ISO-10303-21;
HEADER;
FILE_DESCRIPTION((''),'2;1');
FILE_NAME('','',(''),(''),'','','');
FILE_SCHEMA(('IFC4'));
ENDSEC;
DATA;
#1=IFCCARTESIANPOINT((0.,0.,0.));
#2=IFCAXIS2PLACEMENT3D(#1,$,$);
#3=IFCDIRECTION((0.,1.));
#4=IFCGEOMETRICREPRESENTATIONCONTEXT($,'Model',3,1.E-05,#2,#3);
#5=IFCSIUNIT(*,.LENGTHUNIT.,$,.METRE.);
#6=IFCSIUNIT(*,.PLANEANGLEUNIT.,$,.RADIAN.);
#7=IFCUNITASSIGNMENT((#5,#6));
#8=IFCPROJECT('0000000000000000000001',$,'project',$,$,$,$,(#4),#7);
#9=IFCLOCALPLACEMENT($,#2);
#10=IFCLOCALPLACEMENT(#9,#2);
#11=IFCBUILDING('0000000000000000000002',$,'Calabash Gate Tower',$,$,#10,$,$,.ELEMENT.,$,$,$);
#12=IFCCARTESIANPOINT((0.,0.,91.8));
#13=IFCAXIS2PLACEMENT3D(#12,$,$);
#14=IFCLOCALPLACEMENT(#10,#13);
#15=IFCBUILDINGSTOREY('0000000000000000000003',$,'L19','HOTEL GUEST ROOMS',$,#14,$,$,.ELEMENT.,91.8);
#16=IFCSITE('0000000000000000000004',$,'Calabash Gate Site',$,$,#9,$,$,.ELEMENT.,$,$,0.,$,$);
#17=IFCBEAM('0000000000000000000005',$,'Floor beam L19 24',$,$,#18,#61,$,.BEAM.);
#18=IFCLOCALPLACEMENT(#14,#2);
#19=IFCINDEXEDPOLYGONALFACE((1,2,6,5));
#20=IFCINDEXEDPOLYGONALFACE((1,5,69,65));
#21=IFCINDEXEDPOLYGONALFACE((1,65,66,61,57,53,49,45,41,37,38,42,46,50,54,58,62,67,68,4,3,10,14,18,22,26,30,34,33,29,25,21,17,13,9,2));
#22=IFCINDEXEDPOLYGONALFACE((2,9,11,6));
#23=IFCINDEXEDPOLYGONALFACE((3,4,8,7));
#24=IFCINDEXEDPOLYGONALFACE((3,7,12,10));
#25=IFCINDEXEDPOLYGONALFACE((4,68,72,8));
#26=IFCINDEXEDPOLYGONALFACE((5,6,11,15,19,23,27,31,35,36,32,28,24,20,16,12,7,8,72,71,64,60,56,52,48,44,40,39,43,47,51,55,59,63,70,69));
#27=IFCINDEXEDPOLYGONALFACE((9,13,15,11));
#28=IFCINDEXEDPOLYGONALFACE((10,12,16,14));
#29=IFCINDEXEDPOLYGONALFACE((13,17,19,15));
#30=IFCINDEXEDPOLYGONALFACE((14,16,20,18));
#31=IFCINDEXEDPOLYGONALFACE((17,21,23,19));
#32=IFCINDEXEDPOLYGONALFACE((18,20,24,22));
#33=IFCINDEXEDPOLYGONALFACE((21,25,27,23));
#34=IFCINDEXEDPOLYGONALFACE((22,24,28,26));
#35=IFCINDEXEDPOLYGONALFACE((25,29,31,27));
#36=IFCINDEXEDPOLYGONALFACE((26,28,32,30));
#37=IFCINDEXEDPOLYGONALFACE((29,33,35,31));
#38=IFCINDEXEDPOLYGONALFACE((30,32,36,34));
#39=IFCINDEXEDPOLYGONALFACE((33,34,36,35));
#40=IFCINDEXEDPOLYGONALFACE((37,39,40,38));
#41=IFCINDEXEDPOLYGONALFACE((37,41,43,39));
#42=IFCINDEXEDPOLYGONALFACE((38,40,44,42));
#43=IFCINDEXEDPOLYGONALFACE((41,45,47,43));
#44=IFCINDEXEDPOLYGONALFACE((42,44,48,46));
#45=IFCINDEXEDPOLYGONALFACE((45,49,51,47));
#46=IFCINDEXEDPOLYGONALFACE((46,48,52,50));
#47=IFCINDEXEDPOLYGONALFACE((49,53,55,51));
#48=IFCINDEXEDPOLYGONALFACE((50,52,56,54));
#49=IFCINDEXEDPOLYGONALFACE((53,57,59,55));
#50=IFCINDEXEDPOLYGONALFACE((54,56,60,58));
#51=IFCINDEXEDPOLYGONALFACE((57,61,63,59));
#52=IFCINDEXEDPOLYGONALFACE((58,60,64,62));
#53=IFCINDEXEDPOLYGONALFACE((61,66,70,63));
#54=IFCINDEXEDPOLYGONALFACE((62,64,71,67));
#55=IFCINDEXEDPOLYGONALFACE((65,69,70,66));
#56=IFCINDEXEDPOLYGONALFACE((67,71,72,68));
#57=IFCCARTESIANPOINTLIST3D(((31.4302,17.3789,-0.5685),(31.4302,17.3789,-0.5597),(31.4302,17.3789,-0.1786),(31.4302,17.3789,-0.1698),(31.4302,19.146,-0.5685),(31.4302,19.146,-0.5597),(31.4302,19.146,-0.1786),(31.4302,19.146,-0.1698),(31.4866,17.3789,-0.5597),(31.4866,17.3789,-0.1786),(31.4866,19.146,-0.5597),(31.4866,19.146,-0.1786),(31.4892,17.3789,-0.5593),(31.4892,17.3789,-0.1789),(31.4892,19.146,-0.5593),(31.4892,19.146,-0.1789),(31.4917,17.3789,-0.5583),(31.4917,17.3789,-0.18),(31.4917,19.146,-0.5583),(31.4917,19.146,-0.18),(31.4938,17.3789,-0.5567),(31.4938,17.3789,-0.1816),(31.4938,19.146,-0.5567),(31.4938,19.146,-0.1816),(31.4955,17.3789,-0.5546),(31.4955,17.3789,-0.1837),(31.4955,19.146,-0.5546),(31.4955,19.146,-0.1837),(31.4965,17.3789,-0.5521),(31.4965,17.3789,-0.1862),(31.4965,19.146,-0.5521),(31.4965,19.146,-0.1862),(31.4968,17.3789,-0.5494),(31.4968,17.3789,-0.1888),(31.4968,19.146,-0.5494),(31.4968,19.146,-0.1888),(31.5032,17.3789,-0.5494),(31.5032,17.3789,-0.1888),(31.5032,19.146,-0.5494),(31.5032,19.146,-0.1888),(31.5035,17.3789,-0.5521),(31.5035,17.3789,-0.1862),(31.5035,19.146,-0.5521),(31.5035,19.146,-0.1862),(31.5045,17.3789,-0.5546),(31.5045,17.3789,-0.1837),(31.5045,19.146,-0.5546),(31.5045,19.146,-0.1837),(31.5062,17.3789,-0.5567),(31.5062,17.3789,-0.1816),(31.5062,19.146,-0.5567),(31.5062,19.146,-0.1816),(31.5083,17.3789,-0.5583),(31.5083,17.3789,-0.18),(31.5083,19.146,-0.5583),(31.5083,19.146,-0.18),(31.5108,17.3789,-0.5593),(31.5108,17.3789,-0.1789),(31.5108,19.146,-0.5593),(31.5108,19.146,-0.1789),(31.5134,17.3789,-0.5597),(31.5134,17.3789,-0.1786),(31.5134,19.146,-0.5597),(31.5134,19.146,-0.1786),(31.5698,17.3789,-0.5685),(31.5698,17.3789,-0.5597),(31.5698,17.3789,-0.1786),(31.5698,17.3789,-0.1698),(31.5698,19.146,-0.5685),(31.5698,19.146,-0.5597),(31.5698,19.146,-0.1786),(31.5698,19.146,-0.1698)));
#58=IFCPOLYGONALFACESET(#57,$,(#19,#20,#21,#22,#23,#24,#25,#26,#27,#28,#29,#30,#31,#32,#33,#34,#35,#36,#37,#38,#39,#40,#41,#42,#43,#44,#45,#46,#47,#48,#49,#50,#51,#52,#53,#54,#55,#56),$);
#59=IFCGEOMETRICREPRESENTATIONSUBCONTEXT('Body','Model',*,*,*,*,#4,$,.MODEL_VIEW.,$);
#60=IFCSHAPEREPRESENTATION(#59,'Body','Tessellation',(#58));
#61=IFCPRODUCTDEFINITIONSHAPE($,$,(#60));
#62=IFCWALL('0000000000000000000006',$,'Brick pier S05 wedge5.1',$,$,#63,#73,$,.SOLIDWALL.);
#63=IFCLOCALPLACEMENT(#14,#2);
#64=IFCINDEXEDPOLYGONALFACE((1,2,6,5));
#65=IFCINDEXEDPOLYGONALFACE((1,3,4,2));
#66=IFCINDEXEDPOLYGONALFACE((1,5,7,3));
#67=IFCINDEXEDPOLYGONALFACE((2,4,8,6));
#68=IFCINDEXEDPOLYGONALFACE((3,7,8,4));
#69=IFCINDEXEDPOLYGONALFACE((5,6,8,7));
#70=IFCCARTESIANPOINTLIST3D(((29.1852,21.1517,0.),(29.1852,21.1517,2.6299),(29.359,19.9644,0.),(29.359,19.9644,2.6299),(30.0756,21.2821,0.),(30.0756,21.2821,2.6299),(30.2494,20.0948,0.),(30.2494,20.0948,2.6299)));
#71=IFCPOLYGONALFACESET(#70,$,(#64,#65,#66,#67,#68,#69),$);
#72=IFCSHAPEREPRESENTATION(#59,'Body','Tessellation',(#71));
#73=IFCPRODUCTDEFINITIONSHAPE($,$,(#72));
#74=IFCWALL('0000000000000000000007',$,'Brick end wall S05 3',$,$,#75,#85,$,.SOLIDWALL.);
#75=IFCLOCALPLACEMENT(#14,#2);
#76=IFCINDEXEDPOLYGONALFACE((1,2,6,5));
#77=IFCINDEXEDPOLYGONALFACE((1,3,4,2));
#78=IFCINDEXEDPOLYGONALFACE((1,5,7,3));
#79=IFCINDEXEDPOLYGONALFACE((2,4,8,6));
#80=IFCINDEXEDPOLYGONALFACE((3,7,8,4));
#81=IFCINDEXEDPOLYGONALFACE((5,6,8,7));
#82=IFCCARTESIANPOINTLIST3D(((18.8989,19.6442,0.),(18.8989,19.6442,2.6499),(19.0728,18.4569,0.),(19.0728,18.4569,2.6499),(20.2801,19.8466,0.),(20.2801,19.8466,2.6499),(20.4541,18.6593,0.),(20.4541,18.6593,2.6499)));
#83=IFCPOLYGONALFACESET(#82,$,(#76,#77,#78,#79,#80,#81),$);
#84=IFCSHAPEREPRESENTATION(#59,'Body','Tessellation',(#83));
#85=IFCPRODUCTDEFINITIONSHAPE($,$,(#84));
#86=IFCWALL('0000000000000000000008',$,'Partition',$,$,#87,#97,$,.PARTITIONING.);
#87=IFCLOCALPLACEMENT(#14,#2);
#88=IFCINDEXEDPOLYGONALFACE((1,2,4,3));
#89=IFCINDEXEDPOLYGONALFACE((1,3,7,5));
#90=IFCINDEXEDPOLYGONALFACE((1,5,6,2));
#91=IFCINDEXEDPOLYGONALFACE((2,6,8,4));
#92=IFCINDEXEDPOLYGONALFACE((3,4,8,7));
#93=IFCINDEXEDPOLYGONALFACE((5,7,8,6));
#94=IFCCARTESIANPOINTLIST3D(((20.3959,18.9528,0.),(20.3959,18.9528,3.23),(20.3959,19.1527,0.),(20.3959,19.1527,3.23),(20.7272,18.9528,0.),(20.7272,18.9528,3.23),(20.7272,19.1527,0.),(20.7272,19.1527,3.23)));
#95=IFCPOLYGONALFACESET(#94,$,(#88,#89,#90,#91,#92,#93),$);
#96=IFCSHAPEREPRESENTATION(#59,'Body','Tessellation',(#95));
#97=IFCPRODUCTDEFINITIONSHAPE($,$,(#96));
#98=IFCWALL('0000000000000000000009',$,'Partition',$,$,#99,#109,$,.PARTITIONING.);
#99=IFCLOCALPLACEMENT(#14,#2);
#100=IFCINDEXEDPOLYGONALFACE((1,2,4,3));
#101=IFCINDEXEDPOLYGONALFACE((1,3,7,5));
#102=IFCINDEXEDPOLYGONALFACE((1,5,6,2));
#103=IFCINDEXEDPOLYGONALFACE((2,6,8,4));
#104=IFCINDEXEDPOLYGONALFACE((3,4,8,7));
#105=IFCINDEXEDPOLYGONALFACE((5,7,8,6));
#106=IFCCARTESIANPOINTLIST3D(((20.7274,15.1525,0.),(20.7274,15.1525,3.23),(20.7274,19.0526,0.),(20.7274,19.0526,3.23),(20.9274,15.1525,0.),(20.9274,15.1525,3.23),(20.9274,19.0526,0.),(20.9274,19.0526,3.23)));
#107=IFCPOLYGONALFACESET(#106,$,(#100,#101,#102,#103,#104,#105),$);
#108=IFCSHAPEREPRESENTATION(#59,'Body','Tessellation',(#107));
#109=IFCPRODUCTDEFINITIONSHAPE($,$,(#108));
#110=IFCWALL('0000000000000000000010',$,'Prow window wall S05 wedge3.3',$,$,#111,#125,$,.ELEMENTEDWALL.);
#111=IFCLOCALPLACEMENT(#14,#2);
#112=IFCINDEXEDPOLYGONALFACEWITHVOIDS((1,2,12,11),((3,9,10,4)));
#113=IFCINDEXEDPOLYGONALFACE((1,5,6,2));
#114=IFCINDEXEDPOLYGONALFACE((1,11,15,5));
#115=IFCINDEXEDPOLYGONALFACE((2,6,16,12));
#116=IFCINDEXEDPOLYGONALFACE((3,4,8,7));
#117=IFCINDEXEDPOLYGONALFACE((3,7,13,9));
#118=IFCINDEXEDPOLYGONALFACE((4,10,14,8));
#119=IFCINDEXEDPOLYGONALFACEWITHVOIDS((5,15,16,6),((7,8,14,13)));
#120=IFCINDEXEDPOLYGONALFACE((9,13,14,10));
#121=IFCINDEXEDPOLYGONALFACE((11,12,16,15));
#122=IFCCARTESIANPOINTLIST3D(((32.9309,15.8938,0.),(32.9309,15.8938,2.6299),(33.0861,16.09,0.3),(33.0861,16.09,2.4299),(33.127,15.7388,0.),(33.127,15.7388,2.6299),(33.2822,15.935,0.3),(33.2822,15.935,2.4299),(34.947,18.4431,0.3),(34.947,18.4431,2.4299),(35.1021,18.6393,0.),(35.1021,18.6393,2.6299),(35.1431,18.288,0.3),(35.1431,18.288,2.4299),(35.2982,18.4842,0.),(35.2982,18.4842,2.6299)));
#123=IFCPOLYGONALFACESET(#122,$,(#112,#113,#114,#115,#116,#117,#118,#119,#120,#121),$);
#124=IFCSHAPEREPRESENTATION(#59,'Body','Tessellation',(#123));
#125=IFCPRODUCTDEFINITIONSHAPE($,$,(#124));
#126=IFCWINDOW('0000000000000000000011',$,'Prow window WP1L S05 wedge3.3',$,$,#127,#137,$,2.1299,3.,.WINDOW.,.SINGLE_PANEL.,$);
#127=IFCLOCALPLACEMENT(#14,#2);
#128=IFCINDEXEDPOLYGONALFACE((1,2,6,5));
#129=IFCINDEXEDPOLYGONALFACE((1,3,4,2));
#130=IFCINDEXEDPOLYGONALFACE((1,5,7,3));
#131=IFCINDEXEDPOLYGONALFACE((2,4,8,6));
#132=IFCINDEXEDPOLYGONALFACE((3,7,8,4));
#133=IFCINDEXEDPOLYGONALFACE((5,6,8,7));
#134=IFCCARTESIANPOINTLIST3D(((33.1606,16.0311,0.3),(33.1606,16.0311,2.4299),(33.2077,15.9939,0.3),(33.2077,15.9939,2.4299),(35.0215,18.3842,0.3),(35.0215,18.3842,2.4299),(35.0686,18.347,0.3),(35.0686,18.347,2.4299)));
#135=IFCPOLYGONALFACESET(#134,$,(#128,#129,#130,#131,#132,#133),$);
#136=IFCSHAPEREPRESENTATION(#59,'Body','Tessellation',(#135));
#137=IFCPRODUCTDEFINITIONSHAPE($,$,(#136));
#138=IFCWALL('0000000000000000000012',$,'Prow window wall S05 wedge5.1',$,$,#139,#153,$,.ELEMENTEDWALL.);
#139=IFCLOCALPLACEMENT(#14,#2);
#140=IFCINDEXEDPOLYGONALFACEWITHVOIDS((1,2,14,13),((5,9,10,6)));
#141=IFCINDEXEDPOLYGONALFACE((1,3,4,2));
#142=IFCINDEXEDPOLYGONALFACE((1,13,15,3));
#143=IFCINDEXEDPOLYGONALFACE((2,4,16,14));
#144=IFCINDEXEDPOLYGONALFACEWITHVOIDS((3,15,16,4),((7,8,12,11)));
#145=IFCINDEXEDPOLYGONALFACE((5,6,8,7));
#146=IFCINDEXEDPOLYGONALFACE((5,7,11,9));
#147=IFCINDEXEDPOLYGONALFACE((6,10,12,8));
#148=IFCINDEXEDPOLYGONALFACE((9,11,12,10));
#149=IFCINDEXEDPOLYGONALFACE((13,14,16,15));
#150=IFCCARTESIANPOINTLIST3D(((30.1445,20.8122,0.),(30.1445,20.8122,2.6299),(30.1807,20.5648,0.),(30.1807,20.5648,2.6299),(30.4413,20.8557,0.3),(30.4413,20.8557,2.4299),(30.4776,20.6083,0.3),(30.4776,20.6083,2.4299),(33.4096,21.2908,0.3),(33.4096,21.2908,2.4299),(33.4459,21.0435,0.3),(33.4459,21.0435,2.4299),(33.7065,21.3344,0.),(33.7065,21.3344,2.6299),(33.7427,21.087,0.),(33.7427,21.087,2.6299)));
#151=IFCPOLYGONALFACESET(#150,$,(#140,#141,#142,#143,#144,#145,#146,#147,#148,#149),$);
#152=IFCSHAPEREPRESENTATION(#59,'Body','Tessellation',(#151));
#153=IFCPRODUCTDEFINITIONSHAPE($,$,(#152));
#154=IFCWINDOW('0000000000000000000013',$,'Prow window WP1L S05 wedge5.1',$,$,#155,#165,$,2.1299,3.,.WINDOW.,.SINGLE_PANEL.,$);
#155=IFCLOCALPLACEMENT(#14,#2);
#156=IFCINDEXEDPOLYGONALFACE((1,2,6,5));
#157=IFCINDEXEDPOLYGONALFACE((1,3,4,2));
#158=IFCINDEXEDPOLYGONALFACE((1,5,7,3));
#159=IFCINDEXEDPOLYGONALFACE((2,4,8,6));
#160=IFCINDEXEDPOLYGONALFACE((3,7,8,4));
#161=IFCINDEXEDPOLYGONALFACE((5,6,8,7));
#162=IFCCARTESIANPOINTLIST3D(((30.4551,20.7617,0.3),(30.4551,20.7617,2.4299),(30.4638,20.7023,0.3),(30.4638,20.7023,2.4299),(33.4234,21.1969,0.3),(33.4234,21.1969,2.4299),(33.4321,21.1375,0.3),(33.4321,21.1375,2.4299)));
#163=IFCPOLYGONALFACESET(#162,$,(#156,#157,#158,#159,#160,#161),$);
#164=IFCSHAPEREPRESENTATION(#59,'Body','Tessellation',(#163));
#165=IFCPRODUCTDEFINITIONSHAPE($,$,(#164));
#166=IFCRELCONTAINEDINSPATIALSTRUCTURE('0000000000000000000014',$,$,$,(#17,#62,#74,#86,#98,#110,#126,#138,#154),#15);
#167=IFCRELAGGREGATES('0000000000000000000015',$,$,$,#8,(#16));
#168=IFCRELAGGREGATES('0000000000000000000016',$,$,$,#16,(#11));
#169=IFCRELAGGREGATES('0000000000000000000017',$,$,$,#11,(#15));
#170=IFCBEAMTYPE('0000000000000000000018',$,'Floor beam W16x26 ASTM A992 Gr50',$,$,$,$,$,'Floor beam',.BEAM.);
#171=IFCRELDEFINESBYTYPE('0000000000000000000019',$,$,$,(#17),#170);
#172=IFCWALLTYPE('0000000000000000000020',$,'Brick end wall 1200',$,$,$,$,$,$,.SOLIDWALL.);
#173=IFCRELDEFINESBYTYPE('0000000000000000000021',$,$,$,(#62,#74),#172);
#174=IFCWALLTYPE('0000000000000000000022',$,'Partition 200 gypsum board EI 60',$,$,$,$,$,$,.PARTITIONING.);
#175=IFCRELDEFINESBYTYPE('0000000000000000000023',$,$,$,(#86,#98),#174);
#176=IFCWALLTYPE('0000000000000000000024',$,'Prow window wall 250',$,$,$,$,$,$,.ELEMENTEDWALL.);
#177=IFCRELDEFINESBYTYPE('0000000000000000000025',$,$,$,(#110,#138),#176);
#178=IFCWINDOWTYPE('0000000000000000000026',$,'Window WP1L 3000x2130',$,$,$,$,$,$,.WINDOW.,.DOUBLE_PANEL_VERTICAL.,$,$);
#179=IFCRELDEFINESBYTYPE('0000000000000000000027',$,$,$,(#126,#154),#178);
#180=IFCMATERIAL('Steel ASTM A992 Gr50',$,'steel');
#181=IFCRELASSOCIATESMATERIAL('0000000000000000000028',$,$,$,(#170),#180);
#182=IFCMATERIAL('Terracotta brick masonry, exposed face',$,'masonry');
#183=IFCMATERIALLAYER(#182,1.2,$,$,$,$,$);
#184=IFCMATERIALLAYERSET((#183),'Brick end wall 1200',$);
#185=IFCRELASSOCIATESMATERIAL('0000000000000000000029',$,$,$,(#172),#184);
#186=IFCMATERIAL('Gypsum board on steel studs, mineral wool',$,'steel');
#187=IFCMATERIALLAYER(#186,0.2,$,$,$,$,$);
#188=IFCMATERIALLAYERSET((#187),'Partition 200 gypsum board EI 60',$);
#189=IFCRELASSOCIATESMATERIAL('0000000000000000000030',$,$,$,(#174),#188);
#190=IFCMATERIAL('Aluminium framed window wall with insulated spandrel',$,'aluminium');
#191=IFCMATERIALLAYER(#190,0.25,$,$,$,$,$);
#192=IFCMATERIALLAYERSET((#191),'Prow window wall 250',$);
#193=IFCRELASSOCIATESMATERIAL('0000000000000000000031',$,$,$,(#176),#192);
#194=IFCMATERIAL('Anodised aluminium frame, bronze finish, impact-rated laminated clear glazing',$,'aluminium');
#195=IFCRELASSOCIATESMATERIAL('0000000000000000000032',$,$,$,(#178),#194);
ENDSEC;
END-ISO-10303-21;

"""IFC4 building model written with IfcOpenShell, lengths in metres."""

from ifc_helpers import new_model, si_unit, direction, frame, frame_2d, origin, origin_2d, place, context, subcontext, project, spatial, rectangle, i_section, extrude, material, layer, layer_set, material_profile, profile_set, type_object, element, fill, save


model = new_model("IFC4")

# Units and contexts
model_context = context("Model", 3, precision=1e-05, world=origin(), true_north=direction((0.0, 1.0)))
body_context = subcontext(model_context, "Body", "Model", "MODEL_VIEW")
ifc_project = project(units=[si_unit("LENGTHUNIT", "METRE"), si_unit("PLANEANGLEUNIT", "RADIAN")], contexts=[model_context])

# Site, building, storey
site_placement = place(None, origin())
site = spatial("IfcSite", under=ifc_project, at=site_placement, Name="Calabash Gate Site", CompositionType="ELEMENT", RefElevation=0.0)
building_placement = place(site_placement, origin())
building = spatial("IfcBuilding", under=site, at=building_placement, Name="Calabash Gate Tower", CompositionType="ELEMENT")
storey_placement = place(building_placement, frame((0.0, 0.0, 91.8)))
storey = spatial("IfcBuildingStorey", under=building, at=storey_placement, Name="L19", Description="HOTEL GUEST ROOMS", CompositionType="ELEMENT", Elevation=91.8)

# Beam
ifc_material_1 = material(Name="Steel ASTM A992 Gr50", Category="steel")
ifc_material_profile_1 = material_profile(ifc_material_1, i_section(OverallWidth=0.1396, OverallDepth=0.3987, WebThickness=0.0063, FlangeThickness=0.0088, FilletRadius=0.0103, at=origin_2d()))
ifc_profile_set_1 = profile_set([ifc_material_profile_1], Name="Steel ASTM A992 Gr50")
beam_type_1 = type_object("IfcBeamType", Name="Floor beam W16x26 ASTM A992 Gr50", ElementType="Floor beam", PredefinedType="BEAM", material=ifc_profile_set_1)
beam_1_placement = place(storey_placement, frame((31.5, 17.3789, -0.3691), z_axis=(0.0, 1.0, 0.0), x_axis=(-1.0, 0.0, 0.0)))
element("IfcBeam", 1, at=beam_1_placement, inside=storey, type_object=beam_type_1, Name="Floor beam L19 24", PredefinedType="BEAM", context=body_context, shape_type="SweptSolid", body=[
    extrude(i_section(OverallWidth=0.1396, OverallDepth=0.3987, WebThickness=0.0063, FlangeThickness=0.0088, FilletRadius=0.0103, at=origin_2d()), origin(), (0.0, 0.0, 1.0), 1.7671),
])

# Walls
ifc_material_2 = material(Name="Terracotta brick masonry, exposed face", Category="masonry")
ifc_layer_1 = layer(ifc_material_2, 1.2)
ifc_layer_set_1 = layer_set([ifc_layer_1], Name="Brick end wall 1200")
wall_type_1 = type_object("IfcWallType", Name="Brick end wall 1200", PredefinedType="SOLIDWALL", material=ifc_layer_set_1)
wall_1_placement = place(storey_placement, frame((29.6304, 21.217, 0.0), z_axis=(0.0, 0.0, 1.0), x_axis=(0.144867, -0.989451, 0.0)))
element("IfcWall", 2, at=wall_1_placement, inside=storey, type_object=wall_type_1, Name="Brick pier S05 wedge5.1", PredefinedType="SOLIDWALL", context=body_context, shape_type="SweptSolid", body=[
    extrude(rectangle(XDim=1.2, YDim=0.8999, at=frame_2d((0.6001, 0.0))), origin(), (0.0, 0.0, 1.0), 2.6299),
])
wall_2_placement = place(storey_placement, frame((18.9858, 19.0505, 0.0), z_axis=(0.0, 0.0, 1.0), x_axis=(0.989436, 0.14497, 0.0)))
element("IfcWall", 3, at=wall_2_placement, inside=storey, type_object=wall_type_1, Name="Brick end wall S05 3", PredefinedType="SOLIDWALL", context=body_context, shape_type="SweptSolid", body=[
    extrude(rectangle(XDim=1.396, YDim=1.2, at=frame_2d((0.698, 0.0))), origin(), (0.0, 0.0, 1.0), 2.6499),
])
ifc_material_3 = material(Name="Gypsum board on steel studs, mineral wool", Category="steel")
ifc_layer_2 = layer(ifc_material_3, 0.2)
ifc_layer_set_2 = layer_set([ifc_layer_2], Name="Partition 200 gypsum board EI 60")
wall_type_2 = type_object("IfcWallType", Name="Partition 200 gypsum board EI 60", PredefinedType="PARTITIONING", material=ifc_layer_set_2)
wall_3_placement = place(storey_placement, frame((20.396, 19.0527, 0.0), z_axis=(0.0, 0.0, 1.0), x_axis=(1.0, 0.0, 0.0)))
element("IfcWall", 4, at=wall_3_placement, inside=storey, type_object=wall_type_2, Name="Partition", PredefinedType="PARTITIONING", context=body_context, shape_type="SweptSolid", body=[
    extrude(rectangle(XDim=0.3313, YDim=0.2, at=frame_2d((0.1655, 0.0))), origin(), (0.0, 0.0, 1.0), 3.23),
])
wall_4_placement = place(storey_placement, frame((20.8274, 19.0527, 0.0), z_axis=(0.0, 0.0, 1.0), x_axis=(0.0, -1.0, 0.0)))
element("IfcWall", 5, at=wall_4_placement, inside=storey, type_object=wall_type_2, Name="Partition", PredefinedType="PARTITIONING", context=body_context, shape_type="SweptSolid", body=[
    extrude(rectangle(XDim=3.9001, YDim=0.2, at=frame_2d((1.9502, 0.0))), origin(), (0.0, 0.0, 1.0), 3.23),
])

# Walls, openings, windows
ifc_material_4 = material(Name="Aluminium framed window wall with insulated spandrel", Category="aluminium")
ifc_layer_3 = layer(ifc_material_4, 0.25)
ifc_layer_set_3 = layer_set([ifc_layer_3], Name="Prow window wall 250")
wall_type_3 = type_object("IfcWallType", Name="Prow window wall 250", PredefinedType="ELEMENTEDWALL", material=ifc_layer_set_3)
wall_5_placement = place(storey_placement, frame((33.0291, 15.8164, 0.0), z_axis=(0.0, 0.0, 1.0), x_axis=(0.620304, 0.784361, 0.0)))
wall_5 = element("IfcWall", 6, at=wall_5_placement, inside=storey, type_object=wall_type_3, Name="Prow window wall S05 wedge3.3", PredefinedType="ELEMENTEDWALL", context=body_context, shape_type="SweptSolid", body=[
    extrude(rectangle(XDim=3.5002, YDim=0.25, at=frame_2d((1.75, 0.0))), origin(), (0.0, 0.0, 1.0), 2.6299),
])
opening_1_placement = place(wall_5_placement, frame((0.25, 0.0, 0.3)))
opening_1 = element("IfcOpeningElement", 7, at=opening_1_placement, cuts=wall_5, PredefinedType="OPENING", context=body_context, shape_type="SweptSolid", body=[
    extrude(rectangle(XDim=3.0, YDim=2.1299, at=frame_2d((1.5, 1.0649))), frame((0.0, 0.135, 0.0), z_axis=(0.0, -1.0, 0.0), x_axis=(1.0, 0.0, 0.0)), (0.0, 0.0, 1.0), 0.27),
])
ifc_material_5 = material(Name="Anodised aluminium frame, bronze finish, impact-rated laminated clear glazing", Category="aluminium")
window_type = type_object("IfcWindowType", Name="Window WP1L 3000x2130", PartitioningType="DOUBLE_PANEL_VERTICAL", PredefinedType="WINDOW", material=ifc_material_5)
window_1_placement = place(opening_1_placement, origin())
window_1 = element("IfcWindow", 8, at=window_1_placement, inside=storey, type_object=window_type, Name="Prow window WP1L S05 wedge3.3", OverallHeight=2.1299, OverallWidth=3.0, PartitioningType="SINGLE_PANEL", PredefinedType="WINDOW", context=body_context, shape_type="SweptSolid", body=[
    extrude(rectangle(XDim=3.0, YDim=2.1299, at=frame_2d((1.5, 1.0649))), frame((0.0, 0.03, 0.0), z_axis=(0.0, -1.0, 0.0), x_axis=(1.0, 0.0, 0.0)), (0.0, 0.0, 1.0), 0.0601),
])
fill(opening_1, window_1)
wall_6_placement = place(storey_placement, frame((33.7246, 21.2107, 0.0), z_axis=(0.0, 0.0, 1.0), x_axis=(-0.989423, -0.145057, 0.0)))
wall_6 = element("IfcWall", 9, at=wall_6_placement, inside=storey, type_object=wall_type_3, Name="Prow window wall S05 wedge5.1", PredefinedType="ELEMENTEDWALL", context=body_context, shape_type="SweptSolid", body=[
    extrude(rectangle(XDim=3.6001, YDim=0.25, at=frame_2d((1.8, 0.0))), origin(), (0.0, 0.0, 1.0), 2.6299),
])
opening_2_placement = place(wall_6_placement, frame((0.3, 0.0, 0.3)))
opening_2 = element("IfcOpeningElement", 10, at=opening_2_placement, cuts=wall_6, PredefinedType="OPENING", context=body_context, shape_type="SweptSolid", body=[
    extrude(rectangle(XDim=3.0, YDim=2.1299, at=frame_2d((1.5, 1.0649))), frame((0.0, 0.135, 0.0), z_axis=(0.0, -1.0, 0.0), x_axis=(1.0, 0.0, 0.0)), (0.0, 0.0, 1.0), 0.27),
])
window_2_placement = place(opening_2_placement, origin())
window_2 = element("IfcWindow", 11, at=window_2_placement, inside=storey, type_object=window_type, Name="Prow window WP1L S05 wedge5.1", OverallHeight=2.1299, OverallWidth=3.0, PartitioningType="SINGLE_PANEL", PredefinedType="WINDOW", context=body_context, shape_type="SweptSolid", body=[
    extrude(rectangle(XDim=3.0, YDim=2.1299, at=frame_2d((1.5, 1.0649))), frame((0.0, 0.03, 0.0), z_axis=(0.0, -1.0, 0.0), x_axis=(1.0, 0.0, 0.0)), (0.0, 0.0, 1.0), 0.0601),
])
fill(opening_2, window_2)

save(model, "model.ifc")
